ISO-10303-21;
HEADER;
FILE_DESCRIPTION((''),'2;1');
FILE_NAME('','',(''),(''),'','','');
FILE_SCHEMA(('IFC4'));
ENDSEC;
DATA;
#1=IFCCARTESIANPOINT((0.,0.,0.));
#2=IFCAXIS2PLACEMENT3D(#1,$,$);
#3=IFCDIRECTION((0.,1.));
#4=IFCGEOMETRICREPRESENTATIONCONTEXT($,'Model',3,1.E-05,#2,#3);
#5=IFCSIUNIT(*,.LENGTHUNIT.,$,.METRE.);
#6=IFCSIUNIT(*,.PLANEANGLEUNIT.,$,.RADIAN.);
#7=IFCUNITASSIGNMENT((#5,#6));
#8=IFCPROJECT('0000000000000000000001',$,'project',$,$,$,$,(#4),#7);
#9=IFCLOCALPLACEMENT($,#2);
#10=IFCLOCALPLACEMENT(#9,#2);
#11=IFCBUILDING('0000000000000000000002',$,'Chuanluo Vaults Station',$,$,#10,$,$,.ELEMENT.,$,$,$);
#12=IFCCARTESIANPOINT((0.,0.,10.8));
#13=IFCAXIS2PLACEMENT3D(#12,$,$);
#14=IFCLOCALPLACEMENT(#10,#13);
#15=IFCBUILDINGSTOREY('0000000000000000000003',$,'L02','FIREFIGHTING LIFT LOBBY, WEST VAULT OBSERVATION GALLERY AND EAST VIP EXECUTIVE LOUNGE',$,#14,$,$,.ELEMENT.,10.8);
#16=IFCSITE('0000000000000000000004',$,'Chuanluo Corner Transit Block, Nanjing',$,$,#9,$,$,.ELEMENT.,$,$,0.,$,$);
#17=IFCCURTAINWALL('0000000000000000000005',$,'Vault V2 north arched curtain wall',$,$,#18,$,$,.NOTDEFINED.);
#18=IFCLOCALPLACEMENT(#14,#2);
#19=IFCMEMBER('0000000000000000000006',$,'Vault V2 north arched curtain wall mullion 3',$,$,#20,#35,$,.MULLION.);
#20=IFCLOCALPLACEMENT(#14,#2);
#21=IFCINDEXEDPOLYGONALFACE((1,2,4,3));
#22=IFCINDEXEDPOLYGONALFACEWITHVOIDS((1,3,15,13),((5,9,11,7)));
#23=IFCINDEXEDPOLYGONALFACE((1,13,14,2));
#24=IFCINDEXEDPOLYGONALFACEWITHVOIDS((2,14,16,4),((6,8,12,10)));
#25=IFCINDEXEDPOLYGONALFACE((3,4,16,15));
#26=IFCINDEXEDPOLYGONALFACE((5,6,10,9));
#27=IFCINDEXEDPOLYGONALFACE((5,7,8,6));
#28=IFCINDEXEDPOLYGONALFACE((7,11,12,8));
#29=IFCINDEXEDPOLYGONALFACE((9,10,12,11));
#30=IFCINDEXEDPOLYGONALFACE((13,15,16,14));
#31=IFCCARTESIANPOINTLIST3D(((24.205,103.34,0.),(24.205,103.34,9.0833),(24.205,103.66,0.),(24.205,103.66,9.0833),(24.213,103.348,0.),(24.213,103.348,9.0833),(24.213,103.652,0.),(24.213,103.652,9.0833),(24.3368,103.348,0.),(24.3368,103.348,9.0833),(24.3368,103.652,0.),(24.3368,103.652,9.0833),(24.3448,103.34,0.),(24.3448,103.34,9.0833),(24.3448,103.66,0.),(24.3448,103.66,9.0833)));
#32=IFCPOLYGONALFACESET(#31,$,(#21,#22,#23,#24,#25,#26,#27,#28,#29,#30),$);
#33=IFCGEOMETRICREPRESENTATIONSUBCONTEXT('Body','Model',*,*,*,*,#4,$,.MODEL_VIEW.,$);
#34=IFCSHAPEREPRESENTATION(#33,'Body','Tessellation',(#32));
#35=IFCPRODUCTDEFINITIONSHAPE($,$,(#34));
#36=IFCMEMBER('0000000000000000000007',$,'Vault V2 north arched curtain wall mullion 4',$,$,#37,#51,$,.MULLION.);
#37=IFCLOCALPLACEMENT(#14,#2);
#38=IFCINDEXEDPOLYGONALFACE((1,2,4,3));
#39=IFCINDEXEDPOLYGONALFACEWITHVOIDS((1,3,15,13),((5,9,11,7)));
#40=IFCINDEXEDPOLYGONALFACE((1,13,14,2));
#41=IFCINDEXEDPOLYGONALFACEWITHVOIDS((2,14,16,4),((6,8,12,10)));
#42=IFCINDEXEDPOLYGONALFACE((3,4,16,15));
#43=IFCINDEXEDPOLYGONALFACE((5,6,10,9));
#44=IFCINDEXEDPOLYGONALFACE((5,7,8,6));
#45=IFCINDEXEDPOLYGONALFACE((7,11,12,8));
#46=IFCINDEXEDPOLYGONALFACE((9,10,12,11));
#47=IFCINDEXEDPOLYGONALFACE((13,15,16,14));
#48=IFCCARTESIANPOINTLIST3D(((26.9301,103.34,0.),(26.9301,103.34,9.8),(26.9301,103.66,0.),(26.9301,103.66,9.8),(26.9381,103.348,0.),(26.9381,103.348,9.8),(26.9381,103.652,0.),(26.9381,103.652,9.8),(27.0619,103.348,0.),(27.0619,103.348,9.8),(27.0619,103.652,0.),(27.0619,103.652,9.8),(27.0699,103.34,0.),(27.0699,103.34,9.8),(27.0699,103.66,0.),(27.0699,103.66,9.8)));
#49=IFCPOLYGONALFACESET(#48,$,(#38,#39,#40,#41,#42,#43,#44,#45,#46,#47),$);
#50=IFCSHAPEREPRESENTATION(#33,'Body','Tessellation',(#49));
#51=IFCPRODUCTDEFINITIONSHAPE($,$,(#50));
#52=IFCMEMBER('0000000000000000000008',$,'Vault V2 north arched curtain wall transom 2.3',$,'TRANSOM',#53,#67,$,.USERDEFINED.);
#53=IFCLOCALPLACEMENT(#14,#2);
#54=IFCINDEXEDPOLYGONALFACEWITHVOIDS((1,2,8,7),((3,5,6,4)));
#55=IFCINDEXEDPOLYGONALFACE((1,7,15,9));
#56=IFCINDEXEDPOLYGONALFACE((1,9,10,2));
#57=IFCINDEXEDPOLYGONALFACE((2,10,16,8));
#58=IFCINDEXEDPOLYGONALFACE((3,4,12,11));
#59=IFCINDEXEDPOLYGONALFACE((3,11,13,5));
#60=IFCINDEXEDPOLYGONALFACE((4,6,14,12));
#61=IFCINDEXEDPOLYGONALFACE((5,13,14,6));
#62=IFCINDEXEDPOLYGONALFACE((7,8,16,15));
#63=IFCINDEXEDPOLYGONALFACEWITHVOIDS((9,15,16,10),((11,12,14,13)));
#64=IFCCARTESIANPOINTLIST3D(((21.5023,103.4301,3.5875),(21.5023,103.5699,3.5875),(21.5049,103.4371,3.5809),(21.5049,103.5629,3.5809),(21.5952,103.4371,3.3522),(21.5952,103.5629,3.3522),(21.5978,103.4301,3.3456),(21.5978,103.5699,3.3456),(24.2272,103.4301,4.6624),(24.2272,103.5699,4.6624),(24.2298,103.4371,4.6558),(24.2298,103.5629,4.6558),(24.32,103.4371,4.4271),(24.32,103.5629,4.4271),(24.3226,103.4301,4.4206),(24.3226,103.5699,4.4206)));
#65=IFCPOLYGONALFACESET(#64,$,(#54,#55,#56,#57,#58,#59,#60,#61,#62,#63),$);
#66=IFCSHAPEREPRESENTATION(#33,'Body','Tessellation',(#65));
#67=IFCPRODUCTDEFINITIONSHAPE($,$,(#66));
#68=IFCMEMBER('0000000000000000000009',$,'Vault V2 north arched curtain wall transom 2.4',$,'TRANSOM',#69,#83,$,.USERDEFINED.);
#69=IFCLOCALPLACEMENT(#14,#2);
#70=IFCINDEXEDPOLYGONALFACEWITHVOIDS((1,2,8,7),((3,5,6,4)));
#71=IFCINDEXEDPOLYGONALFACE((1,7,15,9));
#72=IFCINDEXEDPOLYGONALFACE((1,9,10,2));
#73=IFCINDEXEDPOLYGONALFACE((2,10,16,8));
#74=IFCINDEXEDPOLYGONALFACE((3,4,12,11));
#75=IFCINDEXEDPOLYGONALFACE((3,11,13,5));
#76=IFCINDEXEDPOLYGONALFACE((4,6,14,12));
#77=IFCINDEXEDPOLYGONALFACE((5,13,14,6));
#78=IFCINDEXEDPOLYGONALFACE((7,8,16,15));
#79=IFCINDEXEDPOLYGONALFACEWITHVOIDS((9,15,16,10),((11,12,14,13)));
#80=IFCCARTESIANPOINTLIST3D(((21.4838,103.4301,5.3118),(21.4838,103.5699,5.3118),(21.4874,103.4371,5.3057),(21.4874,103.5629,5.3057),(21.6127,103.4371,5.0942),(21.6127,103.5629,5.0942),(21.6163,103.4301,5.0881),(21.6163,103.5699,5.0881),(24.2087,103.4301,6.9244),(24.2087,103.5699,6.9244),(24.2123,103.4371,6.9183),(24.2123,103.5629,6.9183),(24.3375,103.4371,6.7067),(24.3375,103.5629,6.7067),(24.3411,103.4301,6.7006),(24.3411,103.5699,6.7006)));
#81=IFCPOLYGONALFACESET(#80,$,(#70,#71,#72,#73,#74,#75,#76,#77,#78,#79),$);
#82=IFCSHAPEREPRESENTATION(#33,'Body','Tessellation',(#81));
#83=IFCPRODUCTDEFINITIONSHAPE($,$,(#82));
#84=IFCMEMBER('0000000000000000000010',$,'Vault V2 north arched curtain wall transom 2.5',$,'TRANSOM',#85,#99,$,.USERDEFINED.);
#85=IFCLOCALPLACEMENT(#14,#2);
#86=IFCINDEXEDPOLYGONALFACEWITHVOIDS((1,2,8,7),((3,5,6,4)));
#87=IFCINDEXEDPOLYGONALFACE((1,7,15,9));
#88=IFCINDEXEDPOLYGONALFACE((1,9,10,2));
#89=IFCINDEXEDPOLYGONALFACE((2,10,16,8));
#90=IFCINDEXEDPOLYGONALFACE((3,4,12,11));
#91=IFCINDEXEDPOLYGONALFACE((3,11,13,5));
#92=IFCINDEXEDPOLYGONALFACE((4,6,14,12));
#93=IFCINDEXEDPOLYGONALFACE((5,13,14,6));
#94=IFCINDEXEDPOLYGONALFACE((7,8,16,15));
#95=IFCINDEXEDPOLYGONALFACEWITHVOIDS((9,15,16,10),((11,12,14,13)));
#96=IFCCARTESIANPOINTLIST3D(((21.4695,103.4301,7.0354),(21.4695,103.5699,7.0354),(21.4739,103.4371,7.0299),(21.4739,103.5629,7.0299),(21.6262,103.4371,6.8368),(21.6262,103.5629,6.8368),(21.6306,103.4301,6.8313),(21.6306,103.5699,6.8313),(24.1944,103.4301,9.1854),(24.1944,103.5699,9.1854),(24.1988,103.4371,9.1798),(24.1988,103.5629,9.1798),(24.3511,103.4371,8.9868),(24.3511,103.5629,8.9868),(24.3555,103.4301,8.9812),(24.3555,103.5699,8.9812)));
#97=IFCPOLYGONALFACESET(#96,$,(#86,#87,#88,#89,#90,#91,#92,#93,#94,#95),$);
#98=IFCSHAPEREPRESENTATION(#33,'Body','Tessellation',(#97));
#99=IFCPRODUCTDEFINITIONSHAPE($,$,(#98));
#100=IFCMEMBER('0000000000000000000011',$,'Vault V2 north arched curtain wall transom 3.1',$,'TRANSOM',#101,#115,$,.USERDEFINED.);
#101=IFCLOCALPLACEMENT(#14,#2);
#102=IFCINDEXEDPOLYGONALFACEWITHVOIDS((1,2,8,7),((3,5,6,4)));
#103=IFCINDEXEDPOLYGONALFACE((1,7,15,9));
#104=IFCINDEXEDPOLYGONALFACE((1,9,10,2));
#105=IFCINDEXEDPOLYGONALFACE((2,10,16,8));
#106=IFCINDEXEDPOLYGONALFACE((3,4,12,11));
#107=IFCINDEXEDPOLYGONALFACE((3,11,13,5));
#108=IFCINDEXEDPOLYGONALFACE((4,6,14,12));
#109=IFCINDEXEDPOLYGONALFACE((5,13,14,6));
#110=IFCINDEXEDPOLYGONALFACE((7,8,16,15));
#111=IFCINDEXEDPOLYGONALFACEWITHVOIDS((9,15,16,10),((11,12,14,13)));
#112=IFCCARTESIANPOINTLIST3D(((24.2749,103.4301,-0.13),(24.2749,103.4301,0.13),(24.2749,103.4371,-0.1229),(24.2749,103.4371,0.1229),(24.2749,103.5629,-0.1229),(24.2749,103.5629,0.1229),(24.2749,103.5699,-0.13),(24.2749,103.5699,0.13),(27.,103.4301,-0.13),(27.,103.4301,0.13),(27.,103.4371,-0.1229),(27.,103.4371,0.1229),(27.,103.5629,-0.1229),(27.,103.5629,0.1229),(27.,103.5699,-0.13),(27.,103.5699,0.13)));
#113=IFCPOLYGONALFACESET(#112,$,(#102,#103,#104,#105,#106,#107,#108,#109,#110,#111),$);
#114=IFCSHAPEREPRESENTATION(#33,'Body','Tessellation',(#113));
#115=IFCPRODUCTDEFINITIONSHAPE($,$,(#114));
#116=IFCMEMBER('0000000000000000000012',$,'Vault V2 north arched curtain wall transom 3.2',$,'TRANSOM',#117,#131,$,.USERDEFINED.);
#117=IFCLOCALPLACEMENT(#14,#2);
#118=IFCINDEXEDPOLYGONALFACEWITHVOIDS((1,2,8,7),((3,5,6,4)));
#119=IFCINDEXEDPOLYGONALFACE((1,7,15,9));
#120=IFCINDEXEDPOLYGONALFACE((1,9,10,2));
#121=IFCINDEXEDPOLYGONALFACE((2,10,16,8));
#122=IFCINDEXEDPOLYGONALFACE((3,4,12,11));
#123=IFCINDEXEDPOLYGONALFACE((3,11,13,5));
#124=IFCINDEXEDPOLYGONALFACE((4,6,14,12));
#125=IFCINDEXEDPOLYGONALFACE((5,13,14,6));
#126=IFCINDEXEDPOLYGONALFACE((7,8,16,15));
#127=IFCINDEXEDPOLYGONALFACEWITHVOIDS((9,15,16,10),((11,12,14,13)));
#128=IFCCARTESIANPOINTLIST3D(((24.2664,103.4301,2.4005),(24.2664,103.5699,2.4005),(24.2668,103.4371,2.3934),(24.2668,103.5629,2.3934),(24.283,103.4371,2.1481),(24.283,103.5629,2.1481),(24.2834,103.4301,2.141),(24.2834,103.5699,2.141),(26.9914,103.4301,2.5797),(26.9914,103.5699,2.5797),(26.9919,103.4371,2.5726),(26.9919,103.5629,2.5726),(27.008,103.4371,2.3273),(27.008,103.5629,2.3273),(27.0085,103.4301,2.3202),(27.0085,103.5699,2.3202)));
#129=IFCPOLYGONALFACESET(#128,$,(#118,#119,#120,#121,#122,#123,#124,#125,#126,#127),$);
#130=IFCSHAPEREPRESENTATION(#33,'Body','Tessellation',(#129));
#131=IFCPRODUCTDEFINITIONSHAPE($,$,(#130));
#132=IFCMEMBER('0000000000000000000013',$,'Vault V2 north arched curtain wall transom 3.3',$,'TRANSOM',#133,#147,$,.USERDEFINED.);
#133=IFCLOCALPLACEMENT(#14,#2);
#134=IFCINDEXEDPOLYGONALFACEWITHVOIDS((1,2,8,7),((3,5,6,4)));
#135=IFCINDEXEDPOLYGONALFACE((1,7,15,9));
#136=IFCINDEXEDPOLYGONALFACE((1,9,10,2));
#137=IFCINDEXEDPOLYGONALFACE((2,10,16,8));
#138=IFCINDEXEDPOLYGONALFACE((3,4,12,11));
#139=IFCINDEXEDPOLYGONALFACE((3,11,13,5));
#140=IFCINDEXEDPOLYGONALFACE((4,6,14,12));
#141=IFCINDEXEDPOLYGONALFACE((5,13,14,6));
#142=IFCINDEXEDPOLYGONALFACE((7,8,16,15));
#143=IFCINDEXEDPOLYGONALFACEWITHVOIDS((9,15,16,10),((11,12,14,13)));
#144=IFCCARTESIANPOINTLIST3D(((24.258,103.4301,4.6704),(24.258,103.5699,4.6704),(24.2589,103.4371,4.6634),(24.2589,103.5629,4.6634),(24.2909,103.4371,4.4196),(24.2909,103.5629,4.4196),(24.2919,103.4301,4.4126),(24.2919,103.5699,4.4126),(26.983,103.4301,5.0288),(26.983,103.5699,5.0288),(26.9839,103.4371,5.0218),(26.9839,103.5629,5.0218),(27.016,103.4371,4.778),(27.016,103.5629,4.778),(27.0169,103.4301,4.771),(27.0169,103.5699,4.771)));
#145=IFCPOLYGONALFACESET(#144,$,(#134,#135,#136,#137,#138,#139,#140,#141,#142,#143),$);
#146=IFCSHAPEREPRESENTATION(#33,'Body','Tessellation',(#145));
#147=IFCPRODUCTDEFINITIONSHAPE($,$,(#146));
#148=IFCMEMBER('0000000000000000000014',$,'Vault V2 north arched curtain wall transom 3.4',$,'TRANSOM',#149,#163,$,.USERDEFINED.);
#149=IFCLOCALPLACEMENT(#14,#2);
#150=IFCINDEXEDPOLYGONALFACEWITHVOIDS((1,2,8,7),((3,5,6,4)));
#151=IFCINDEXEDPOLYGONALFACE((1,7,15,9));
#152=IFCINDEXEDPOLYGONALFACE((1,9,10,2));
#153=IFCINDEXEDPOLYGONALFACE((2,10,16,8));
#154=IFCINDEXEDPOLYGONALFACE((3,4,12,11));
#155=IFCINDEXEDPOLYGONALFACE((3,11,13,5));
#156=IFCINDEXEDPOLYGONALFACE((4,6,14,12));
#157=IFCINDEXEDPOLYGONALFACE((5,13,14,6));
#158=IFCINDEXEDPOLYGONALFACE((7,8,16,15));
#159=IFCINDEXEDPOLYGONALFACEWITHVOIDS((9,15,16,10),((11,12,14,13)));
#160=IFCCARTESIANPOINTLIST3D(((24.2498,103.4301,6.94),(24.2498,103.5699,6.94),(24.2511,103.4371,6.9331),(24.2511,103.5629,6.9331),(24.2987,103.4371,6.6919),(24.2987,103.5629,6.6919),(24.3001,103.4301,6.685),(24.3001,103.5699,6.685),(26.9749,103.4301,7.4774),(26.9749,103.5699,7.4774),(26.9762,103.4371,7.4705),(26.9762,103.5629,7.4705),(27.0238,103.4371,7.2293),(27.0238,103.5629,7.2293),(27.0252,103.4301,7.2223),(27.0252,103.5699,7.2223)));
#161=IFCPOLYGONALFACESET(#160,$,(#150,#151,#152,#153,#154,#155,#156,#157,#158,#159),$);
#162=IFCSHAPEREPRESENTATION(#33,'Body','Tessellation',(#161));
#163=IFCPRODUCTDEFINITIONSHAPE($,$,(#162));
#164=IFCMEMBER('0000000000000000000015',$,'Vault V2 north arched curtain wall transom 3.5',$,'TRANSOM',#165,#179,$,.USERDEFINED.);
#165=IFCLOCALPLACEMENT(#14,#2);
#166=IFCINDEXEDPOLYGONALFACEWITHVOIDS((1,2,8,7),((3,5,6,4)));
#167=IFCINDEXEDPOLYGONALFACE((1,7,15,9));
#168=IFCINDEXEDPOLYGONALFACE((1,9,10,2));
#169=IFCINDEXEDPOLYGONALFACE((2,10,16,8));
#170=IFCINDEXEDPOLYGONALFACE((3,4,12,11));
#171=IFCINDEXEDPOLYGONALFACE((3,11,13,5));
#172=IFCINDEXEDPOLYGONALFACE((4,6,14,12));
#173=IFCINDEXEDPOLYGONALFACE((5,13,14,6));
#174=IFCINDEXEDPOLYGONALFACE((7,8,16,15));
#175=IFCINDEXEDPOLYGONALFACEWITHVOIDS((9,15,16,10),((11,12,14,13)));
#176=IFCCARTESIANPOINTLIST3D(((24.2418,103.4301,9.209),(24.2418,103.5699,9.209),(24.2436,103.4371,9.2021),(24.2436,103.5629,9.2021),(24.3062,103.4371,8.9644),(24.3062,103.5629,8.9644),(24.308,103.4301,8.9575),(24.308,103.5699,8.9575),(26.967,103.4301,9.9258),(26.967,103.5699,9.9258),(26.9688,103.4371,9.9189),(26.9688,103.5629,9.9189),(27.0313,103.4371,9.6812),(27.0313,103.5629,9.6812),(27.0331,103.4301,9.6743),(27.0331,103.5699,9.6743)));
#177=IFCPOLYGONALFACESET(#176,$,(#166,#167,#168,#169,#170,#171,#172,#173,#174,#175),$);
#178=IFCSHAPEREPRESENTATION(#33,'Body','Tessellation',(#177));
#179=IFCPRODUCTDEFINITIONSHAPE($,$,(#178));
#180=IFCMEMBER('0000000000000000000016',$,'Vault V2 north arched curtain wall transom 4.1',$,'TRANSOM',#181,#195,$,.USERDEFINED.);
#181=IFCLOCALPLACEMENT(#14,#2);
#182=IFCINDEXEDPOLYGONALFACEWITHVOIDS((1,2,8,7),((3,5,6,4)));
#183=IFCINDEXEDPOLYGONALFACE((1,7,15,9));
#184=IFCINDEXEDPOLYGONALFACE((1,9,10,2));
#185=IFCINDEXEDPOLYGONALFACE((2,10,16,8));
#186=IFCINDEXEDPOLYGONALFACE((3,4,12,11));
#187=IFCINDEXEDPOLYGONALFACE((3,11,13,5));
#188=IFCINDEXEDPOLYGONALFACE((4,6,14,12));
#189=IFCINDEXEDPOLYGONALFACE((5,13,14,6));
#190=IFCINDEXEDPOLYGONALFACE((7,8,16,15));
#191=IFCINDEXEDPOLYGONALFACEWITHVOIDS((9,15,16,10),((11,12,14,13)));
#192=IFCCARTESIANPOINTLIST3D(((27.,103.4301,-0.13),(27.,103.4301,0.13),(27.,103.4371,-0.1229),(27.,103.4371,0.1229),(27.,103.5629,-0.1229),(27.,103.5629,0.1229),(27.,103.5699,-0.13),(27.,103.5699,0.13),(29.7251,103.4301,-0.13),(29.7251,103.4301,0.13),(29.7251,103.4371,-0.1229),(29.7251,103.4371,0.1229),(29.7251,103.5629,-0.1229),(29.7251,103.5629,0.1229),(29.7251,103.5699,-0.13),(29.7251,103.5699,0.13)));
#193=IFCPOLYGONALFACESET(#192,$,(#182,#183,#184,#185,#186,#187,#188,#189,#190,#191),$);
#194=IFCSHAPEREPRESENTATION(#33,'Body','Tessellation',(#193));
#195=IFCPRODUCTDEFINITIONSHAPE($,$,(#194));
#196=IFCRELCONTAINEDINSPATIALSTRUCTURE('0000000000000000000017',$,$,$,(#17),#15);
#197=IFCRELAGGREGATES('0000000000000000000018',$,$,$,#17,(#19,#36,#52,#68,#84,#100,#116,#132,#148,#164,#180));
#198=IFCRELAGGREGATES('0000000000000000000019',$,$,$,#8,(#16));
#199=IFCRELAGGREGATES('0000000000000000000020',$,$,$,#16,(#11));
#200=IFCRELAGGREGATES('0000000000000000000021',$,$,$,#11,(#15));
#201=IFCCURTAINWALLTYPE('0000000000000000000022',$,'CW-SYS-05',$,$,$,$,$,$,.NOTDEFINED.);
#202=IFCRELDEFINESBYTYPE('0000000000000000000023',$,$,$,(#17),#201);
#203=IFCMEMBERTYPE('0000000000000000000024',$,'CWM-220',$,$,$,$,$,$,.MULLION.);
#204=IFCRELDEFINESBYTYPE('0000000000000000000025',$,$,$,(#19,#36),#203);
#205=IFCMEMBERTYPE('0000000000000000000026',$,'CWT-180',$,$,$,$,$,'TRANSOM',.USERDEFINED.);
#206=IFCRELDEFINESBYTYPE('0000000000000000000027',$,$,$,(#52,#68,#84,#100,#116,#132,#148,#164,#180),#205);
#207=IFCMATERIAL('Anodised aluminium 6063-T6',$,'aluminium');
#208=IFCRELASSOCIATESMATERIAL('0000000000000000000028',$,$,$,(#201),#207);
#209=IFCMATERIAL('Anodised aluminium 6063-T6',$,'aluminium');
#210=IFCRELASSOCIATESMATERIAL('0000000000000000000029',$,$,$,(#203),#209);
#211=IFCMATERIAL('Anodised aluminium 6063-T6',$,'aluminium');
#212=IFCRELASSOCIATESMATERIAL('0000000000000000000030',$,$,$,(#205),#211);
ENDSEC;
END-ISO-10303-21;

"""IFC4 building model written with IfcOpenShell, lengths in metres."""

from ifc_helpers import new_model, si_unit, direction, frame, origin, origin_2d, place, context, subcontext, project, spatial, hollow_rectangle, extrude, material, material_profile, profile_set, type_object, element, aggregate, save


model = new_model("IFC4")

# Units and contexts
model_context = context("Model", 3, precision=1e-05, world=origin(), true_north=direction((0.0, 1.0)))
body_context = subcontext(model_context, "Body", "Model", "MODEL_VIEW")
ifc_project = project(units=[si_unit("LENGTHUNIT", "METRE"), si_unit("PLANEANGLEUNIT", "RADIAN")], contexts=[model_context])

# Site, building, storey
site_placement = place(None, origin())
site = spatial("IfcSite", under=ifc_project, at=site_placement, Name="Chuanluo Corner Transit Block, Nanjing", CompositionType="ELEMENT", RefElevation=0.0)
building_placement = place(site_placement, origin())
building = spatial("IfcBuilding", under=site, at=building_placement, Name="Chuanluo Vaults Station", CompositionType="ELEMENT")
storey_placement = place(building_placement, frame((0.0, 0.0, 10.8)))
storey = spatial("IfcBuildingStorey", under=building, at=storey_placement, Name="L02", Description="FIREFIGHTING LIFT LOBBY, WEST VAULT OBSERVATION GALLERY AND EAST VIP EXECUTIVE LOUNGE", CompositionType="ELEMENT", Elevation=10.8)

# Curtain wall, members
ifc_material_1 = material(Name="Anodised aluminium 6063-T6", Category="aluminium")
curtain_wall_type = type_object("IfcCurtainWallType", Name="CW-SYS-05", PredefinedType="NOTDEFINED", material=ifc_material_1)
curtain_wall_placement = place(storey_placement, origin())
curtain_wall = element("IfcCurtainWall", 1, at=curtain_wall_placement, inside=storey, type_object=curtain_wall_type, Name="Vault V2 north arched curtain wall", PredefinedType="NOTDEFINED")
ifc_material_2 = material(Name="Anodised aluminium 6063-T6", Category="aluminium")
ifc_material_profile_1 = material_profile(ifc_material_2, hollow_rectangle(XDim=0.1399, YDim=0.3201, WallThickness=0.0081, at=origin_2d()))
ifc_profile_set_1 = profile_set([ifc_material_profile_1], Name="Anodised aluminium 6063-T6")
member_type_1 = type_object("IfcMemberType", Name="CWM-220", PredefinedType="MULLION", material=ifc_profile_set_1)
member_1_placement = place(storey_placement, frame((24.2749, 103.5, 0.0), z_axis=(0.0, 0.0, 1.0), x_axis=(1.0, 0.0, 0.0)))
member_1 = element("IfcMember", 2, at=member_1_placement, type_object=member_type_1, Name="Vault V2 north arched curtain wall mullion 3", PredefinedType="MULLION", context=body_context, shape_type="SweptSolid", body=[
    extrude(hollow_rectangle(XDim=0.1399, YDim=0.3201, WallThickness=0.0081, at=origin_2d()), origin(), (0.0, 0.0, 1.0), 9.0833),
])
member_2_placement = place(storey_placement, frame((27.0, 103.5, 0.0), z_axis=(0.0, 0.0, 1.0), x_axis=(1.0, 0.0, 0.0)))
member_2 = element("IfcMember", 3, at=member_2_placement, type_object=member_type_1, Name="Vault V2 north arched curtain wall mullion 4", PredefinedType="MULLION", context=body_context, shape_type="SweptSolid", body=[
    extrude(hollow_rectangle(XDim=0.1399, YDim=0.3201, WallThickness=0.0081, at=origin_2d()), origin(), (0.0, 0.0, 1.0), 9.8),
])
ifc_material_3 = material(Name="Anodised aluminium 6063-T6", Category="aluminium")
ifc_material_profile_2 = material_profile(ifc_material_3, hollow_rectangle(XDim=0.1399, YDim=0.26, WallThickness=0.0071, at=origin_2d()))
ifc_profile_set_2 = profile_set([ifc_material_profile_2], Name="Anodised aluminium 6063-T6")
member_type_2 = type_object("IfcMemberType", Name="CWT-180", ElementType="TRANSOM", PredefinedType="USERDEFINED", material=ifc_profile_set_2)
member_3_placement = place(storey_placement, frame((21.55, 103.5, 3.4666), z_axis=(0.930231, 0.0, 0.366975), x_axis=(0.0, 1.0, 0.0)))
member_3 = element("IfcMember", 4, at=member_3_placement, type_object=member_type_2, Name="Vault V2 north arched curtain wall transom 2.3", ObjectType="TRANSOM", PredefinedType="USERDEFINED", context=body_context, shape_type="SweptSolid", body=[
    extrude(hollow_rectangle(XDim=0.1399, YDim=0.26, WallThickness=0.0071, at=origin_2d()), origin(), (0.0, 0.0, 1.0), 2.9292),
])
member_4_placement = place(storey_placement, frame((21.55, 103.5, 5.2), z_axis=(0.860593, 0.0, 0.509293), x_axis=(0.0, 1.0, 0.0)))
member_4 = element("IfcMember", 5, at=member_4_placement, type_object=member_type_2, Name="Vault V2 north arched curtain wall transom 2.4", ObjectType="TRANSOM", PredefinedType="USERDEFINED", context=body_context, shape_type="SweptSolid", body=[
    extrude(hollow_rectangle(XDim=0.1399, YDim=0.26, WallThickness=0.0071, at=origin_2d()), origin(), (0.0, 0.0, 1.0), 3.1663),
])
member_5_placement = place(storey_placement, frame((21.55, 103.5, 6.9333), z_axis=(0.785065, 0.0, 0.619414), x_axis=(0.0, 1.0, 0.0)))
member_5 = element("IfcMember", 6, at=member_5_placement, type_object=member_type_2, Name="Vault V2 north arched curtain wall transom 2.5", ObjectType="TRANSOM", PredefinedType="USERDEFINED", context=body_context, shape_type="SweptSolid", body=[
    extrude(hollow_rectangle(XDim=0.1399, YDim=0.26, WallThickness=0.0071, at=origin_2d()), origin(), (0.0, 0.0, 1.0), 3.4709),
])
member_6_placement = place(storey_placement, frame((24.2749, 103.5, 0.0), z_axis=(1.0, 0.0, 0.0), x_axis=(0.0, 1.0, 0.0)))
member_6 = element("IfcMember", 7, at=member_6_placement, type_object=member_type_2, Name="Vault V2 north arched curtain wall transom 3.1", ObjectType="TRANSOM", PredefinedType="USERDEFINED", context=body_context, shape_type="SweptSolid", body=[
    extrude(hollow_rectangle(XDim=0.1399, YDim=0.26, WallThickness=0.0071, at=origin_2d()), origin(), (0.0, 0.0, 1.0), 2.7251),
])
member_7_placement = place(storey_placement, frame((24.2749, 103.5, 2.2708), z_axis=(0.997845, 0.0, 0.065617), x_axis=(0.0, 1.0, 0.0)))
member_7 = element("IfcMember", 8, at=member_7_placement, type_object=member_type_2, Name="Vault V2 north arched curtain wall transom 3.2", ObjectType="TRANSOM", PredefinedType="USERDEFINED", context=body_context, shape_type="SweptSolid", body=[
    extrude(hollow_rectangle(XDim=0.1399, YDim=0.26, WallThickness=0.0071, at=origin_2d()), origin(), (0.0, 0.0, 1.0), 2.731),
])
member_8_placement = place(storey_placement, frame((24.2749, 103.5, 4.5415), z_axis=(0.991462, 0.0, 0.130395), x_axis=(0.0, 1.0, 0.0)))
member_8 = element("IfcMember", 9, at=member_8_placement, type_object=member_type_2, Name="Vault V2 north arched curtain wall transom 3.3", ObjectType="TRANSOM", PredefinedType="USERDEFINED", context=body_context, shape_type="SweptSolid", body=[
    extrude(hollow_rectangle(XDim=0.1399, YDim=0.26, WallThickness=0.0071, at=origin_2d()), origin(), (0.0, 0.0, 1.0), 2.7485),
])
member_9_placement = place(storey_placement, frame((24.2749, 103.5, 6.8125), z_axis=(0.981108, 0.0, 0.193462), x_axis=(0.0, 1.0, 0.0)))
member_9 = element("IfcMember", 10, at=member_9_placement, type_object=member_type_2, Name="Vault V2 north arched curtain wall transom 3.4", ObjectType="TRANSOM", PredefinedType="USERDEFINED", context=body_context, shape_type="SweptSolid", body=[
    extrude(hollow_rectangle(XDim=0.1399, YDim=0.26, WallThickness=0.0071, at=origin_2d()), origin(), (0.0, 0.0, 1.0), 2.7776),
])
member_10_placement = place(storey_placement, frame((24.2749, 103.5, 9.0833), z_axis=(0.967104, 0.0, 0.254382), x_axis=(0.0, 1.0, 0.0)))
member_10 = element("IfcMember", 11, at=member_10_placement, type_object=member_type_2, Name="Vault V2 north arched curtain wall transom 3.5", ObjectType="TRANSOM", PredefinedType="USERDEFINED", context=body_context, shape_type="SweptSolid", body=[
    extrude(hollow_rectangle(XDim=0.1399, YDim=0.26, WallThickness=0.0071, at=origin_2d()), origin(), (0.0, 0.0, 1.0), 2.8179),
])
member_11_placement = place(storey_placement, frame((27.0, 103.5, 0.0), z_axis=(1.0, 0.0, 0.0), x_axis=(0.0, 1.0, 0.0)))
member_11 = element("IfcMember", 12, at=member_11_placement, type_object=member_type_2, Name="Vault V2 north arched curtain wall transom 4.1", ObjectType="TRANSOM", PredefinedType="USERDEFINED", context=body_context, shape_type="SweptSolid", body=[
    extrude(hollow_rectangle(XDim=0.1399, YDim=0.26, WallThickness=0.0071, at=origin_2d()), origin(), (0.0, 0.0, 1.0), 2.7251),
])
aggregate(curtain_wall, [member_1, member_2, member_3, member_4, member_5, member_6, member_7, member_8, member_9, member_10, member_11])

save(model, "model.ifc")
